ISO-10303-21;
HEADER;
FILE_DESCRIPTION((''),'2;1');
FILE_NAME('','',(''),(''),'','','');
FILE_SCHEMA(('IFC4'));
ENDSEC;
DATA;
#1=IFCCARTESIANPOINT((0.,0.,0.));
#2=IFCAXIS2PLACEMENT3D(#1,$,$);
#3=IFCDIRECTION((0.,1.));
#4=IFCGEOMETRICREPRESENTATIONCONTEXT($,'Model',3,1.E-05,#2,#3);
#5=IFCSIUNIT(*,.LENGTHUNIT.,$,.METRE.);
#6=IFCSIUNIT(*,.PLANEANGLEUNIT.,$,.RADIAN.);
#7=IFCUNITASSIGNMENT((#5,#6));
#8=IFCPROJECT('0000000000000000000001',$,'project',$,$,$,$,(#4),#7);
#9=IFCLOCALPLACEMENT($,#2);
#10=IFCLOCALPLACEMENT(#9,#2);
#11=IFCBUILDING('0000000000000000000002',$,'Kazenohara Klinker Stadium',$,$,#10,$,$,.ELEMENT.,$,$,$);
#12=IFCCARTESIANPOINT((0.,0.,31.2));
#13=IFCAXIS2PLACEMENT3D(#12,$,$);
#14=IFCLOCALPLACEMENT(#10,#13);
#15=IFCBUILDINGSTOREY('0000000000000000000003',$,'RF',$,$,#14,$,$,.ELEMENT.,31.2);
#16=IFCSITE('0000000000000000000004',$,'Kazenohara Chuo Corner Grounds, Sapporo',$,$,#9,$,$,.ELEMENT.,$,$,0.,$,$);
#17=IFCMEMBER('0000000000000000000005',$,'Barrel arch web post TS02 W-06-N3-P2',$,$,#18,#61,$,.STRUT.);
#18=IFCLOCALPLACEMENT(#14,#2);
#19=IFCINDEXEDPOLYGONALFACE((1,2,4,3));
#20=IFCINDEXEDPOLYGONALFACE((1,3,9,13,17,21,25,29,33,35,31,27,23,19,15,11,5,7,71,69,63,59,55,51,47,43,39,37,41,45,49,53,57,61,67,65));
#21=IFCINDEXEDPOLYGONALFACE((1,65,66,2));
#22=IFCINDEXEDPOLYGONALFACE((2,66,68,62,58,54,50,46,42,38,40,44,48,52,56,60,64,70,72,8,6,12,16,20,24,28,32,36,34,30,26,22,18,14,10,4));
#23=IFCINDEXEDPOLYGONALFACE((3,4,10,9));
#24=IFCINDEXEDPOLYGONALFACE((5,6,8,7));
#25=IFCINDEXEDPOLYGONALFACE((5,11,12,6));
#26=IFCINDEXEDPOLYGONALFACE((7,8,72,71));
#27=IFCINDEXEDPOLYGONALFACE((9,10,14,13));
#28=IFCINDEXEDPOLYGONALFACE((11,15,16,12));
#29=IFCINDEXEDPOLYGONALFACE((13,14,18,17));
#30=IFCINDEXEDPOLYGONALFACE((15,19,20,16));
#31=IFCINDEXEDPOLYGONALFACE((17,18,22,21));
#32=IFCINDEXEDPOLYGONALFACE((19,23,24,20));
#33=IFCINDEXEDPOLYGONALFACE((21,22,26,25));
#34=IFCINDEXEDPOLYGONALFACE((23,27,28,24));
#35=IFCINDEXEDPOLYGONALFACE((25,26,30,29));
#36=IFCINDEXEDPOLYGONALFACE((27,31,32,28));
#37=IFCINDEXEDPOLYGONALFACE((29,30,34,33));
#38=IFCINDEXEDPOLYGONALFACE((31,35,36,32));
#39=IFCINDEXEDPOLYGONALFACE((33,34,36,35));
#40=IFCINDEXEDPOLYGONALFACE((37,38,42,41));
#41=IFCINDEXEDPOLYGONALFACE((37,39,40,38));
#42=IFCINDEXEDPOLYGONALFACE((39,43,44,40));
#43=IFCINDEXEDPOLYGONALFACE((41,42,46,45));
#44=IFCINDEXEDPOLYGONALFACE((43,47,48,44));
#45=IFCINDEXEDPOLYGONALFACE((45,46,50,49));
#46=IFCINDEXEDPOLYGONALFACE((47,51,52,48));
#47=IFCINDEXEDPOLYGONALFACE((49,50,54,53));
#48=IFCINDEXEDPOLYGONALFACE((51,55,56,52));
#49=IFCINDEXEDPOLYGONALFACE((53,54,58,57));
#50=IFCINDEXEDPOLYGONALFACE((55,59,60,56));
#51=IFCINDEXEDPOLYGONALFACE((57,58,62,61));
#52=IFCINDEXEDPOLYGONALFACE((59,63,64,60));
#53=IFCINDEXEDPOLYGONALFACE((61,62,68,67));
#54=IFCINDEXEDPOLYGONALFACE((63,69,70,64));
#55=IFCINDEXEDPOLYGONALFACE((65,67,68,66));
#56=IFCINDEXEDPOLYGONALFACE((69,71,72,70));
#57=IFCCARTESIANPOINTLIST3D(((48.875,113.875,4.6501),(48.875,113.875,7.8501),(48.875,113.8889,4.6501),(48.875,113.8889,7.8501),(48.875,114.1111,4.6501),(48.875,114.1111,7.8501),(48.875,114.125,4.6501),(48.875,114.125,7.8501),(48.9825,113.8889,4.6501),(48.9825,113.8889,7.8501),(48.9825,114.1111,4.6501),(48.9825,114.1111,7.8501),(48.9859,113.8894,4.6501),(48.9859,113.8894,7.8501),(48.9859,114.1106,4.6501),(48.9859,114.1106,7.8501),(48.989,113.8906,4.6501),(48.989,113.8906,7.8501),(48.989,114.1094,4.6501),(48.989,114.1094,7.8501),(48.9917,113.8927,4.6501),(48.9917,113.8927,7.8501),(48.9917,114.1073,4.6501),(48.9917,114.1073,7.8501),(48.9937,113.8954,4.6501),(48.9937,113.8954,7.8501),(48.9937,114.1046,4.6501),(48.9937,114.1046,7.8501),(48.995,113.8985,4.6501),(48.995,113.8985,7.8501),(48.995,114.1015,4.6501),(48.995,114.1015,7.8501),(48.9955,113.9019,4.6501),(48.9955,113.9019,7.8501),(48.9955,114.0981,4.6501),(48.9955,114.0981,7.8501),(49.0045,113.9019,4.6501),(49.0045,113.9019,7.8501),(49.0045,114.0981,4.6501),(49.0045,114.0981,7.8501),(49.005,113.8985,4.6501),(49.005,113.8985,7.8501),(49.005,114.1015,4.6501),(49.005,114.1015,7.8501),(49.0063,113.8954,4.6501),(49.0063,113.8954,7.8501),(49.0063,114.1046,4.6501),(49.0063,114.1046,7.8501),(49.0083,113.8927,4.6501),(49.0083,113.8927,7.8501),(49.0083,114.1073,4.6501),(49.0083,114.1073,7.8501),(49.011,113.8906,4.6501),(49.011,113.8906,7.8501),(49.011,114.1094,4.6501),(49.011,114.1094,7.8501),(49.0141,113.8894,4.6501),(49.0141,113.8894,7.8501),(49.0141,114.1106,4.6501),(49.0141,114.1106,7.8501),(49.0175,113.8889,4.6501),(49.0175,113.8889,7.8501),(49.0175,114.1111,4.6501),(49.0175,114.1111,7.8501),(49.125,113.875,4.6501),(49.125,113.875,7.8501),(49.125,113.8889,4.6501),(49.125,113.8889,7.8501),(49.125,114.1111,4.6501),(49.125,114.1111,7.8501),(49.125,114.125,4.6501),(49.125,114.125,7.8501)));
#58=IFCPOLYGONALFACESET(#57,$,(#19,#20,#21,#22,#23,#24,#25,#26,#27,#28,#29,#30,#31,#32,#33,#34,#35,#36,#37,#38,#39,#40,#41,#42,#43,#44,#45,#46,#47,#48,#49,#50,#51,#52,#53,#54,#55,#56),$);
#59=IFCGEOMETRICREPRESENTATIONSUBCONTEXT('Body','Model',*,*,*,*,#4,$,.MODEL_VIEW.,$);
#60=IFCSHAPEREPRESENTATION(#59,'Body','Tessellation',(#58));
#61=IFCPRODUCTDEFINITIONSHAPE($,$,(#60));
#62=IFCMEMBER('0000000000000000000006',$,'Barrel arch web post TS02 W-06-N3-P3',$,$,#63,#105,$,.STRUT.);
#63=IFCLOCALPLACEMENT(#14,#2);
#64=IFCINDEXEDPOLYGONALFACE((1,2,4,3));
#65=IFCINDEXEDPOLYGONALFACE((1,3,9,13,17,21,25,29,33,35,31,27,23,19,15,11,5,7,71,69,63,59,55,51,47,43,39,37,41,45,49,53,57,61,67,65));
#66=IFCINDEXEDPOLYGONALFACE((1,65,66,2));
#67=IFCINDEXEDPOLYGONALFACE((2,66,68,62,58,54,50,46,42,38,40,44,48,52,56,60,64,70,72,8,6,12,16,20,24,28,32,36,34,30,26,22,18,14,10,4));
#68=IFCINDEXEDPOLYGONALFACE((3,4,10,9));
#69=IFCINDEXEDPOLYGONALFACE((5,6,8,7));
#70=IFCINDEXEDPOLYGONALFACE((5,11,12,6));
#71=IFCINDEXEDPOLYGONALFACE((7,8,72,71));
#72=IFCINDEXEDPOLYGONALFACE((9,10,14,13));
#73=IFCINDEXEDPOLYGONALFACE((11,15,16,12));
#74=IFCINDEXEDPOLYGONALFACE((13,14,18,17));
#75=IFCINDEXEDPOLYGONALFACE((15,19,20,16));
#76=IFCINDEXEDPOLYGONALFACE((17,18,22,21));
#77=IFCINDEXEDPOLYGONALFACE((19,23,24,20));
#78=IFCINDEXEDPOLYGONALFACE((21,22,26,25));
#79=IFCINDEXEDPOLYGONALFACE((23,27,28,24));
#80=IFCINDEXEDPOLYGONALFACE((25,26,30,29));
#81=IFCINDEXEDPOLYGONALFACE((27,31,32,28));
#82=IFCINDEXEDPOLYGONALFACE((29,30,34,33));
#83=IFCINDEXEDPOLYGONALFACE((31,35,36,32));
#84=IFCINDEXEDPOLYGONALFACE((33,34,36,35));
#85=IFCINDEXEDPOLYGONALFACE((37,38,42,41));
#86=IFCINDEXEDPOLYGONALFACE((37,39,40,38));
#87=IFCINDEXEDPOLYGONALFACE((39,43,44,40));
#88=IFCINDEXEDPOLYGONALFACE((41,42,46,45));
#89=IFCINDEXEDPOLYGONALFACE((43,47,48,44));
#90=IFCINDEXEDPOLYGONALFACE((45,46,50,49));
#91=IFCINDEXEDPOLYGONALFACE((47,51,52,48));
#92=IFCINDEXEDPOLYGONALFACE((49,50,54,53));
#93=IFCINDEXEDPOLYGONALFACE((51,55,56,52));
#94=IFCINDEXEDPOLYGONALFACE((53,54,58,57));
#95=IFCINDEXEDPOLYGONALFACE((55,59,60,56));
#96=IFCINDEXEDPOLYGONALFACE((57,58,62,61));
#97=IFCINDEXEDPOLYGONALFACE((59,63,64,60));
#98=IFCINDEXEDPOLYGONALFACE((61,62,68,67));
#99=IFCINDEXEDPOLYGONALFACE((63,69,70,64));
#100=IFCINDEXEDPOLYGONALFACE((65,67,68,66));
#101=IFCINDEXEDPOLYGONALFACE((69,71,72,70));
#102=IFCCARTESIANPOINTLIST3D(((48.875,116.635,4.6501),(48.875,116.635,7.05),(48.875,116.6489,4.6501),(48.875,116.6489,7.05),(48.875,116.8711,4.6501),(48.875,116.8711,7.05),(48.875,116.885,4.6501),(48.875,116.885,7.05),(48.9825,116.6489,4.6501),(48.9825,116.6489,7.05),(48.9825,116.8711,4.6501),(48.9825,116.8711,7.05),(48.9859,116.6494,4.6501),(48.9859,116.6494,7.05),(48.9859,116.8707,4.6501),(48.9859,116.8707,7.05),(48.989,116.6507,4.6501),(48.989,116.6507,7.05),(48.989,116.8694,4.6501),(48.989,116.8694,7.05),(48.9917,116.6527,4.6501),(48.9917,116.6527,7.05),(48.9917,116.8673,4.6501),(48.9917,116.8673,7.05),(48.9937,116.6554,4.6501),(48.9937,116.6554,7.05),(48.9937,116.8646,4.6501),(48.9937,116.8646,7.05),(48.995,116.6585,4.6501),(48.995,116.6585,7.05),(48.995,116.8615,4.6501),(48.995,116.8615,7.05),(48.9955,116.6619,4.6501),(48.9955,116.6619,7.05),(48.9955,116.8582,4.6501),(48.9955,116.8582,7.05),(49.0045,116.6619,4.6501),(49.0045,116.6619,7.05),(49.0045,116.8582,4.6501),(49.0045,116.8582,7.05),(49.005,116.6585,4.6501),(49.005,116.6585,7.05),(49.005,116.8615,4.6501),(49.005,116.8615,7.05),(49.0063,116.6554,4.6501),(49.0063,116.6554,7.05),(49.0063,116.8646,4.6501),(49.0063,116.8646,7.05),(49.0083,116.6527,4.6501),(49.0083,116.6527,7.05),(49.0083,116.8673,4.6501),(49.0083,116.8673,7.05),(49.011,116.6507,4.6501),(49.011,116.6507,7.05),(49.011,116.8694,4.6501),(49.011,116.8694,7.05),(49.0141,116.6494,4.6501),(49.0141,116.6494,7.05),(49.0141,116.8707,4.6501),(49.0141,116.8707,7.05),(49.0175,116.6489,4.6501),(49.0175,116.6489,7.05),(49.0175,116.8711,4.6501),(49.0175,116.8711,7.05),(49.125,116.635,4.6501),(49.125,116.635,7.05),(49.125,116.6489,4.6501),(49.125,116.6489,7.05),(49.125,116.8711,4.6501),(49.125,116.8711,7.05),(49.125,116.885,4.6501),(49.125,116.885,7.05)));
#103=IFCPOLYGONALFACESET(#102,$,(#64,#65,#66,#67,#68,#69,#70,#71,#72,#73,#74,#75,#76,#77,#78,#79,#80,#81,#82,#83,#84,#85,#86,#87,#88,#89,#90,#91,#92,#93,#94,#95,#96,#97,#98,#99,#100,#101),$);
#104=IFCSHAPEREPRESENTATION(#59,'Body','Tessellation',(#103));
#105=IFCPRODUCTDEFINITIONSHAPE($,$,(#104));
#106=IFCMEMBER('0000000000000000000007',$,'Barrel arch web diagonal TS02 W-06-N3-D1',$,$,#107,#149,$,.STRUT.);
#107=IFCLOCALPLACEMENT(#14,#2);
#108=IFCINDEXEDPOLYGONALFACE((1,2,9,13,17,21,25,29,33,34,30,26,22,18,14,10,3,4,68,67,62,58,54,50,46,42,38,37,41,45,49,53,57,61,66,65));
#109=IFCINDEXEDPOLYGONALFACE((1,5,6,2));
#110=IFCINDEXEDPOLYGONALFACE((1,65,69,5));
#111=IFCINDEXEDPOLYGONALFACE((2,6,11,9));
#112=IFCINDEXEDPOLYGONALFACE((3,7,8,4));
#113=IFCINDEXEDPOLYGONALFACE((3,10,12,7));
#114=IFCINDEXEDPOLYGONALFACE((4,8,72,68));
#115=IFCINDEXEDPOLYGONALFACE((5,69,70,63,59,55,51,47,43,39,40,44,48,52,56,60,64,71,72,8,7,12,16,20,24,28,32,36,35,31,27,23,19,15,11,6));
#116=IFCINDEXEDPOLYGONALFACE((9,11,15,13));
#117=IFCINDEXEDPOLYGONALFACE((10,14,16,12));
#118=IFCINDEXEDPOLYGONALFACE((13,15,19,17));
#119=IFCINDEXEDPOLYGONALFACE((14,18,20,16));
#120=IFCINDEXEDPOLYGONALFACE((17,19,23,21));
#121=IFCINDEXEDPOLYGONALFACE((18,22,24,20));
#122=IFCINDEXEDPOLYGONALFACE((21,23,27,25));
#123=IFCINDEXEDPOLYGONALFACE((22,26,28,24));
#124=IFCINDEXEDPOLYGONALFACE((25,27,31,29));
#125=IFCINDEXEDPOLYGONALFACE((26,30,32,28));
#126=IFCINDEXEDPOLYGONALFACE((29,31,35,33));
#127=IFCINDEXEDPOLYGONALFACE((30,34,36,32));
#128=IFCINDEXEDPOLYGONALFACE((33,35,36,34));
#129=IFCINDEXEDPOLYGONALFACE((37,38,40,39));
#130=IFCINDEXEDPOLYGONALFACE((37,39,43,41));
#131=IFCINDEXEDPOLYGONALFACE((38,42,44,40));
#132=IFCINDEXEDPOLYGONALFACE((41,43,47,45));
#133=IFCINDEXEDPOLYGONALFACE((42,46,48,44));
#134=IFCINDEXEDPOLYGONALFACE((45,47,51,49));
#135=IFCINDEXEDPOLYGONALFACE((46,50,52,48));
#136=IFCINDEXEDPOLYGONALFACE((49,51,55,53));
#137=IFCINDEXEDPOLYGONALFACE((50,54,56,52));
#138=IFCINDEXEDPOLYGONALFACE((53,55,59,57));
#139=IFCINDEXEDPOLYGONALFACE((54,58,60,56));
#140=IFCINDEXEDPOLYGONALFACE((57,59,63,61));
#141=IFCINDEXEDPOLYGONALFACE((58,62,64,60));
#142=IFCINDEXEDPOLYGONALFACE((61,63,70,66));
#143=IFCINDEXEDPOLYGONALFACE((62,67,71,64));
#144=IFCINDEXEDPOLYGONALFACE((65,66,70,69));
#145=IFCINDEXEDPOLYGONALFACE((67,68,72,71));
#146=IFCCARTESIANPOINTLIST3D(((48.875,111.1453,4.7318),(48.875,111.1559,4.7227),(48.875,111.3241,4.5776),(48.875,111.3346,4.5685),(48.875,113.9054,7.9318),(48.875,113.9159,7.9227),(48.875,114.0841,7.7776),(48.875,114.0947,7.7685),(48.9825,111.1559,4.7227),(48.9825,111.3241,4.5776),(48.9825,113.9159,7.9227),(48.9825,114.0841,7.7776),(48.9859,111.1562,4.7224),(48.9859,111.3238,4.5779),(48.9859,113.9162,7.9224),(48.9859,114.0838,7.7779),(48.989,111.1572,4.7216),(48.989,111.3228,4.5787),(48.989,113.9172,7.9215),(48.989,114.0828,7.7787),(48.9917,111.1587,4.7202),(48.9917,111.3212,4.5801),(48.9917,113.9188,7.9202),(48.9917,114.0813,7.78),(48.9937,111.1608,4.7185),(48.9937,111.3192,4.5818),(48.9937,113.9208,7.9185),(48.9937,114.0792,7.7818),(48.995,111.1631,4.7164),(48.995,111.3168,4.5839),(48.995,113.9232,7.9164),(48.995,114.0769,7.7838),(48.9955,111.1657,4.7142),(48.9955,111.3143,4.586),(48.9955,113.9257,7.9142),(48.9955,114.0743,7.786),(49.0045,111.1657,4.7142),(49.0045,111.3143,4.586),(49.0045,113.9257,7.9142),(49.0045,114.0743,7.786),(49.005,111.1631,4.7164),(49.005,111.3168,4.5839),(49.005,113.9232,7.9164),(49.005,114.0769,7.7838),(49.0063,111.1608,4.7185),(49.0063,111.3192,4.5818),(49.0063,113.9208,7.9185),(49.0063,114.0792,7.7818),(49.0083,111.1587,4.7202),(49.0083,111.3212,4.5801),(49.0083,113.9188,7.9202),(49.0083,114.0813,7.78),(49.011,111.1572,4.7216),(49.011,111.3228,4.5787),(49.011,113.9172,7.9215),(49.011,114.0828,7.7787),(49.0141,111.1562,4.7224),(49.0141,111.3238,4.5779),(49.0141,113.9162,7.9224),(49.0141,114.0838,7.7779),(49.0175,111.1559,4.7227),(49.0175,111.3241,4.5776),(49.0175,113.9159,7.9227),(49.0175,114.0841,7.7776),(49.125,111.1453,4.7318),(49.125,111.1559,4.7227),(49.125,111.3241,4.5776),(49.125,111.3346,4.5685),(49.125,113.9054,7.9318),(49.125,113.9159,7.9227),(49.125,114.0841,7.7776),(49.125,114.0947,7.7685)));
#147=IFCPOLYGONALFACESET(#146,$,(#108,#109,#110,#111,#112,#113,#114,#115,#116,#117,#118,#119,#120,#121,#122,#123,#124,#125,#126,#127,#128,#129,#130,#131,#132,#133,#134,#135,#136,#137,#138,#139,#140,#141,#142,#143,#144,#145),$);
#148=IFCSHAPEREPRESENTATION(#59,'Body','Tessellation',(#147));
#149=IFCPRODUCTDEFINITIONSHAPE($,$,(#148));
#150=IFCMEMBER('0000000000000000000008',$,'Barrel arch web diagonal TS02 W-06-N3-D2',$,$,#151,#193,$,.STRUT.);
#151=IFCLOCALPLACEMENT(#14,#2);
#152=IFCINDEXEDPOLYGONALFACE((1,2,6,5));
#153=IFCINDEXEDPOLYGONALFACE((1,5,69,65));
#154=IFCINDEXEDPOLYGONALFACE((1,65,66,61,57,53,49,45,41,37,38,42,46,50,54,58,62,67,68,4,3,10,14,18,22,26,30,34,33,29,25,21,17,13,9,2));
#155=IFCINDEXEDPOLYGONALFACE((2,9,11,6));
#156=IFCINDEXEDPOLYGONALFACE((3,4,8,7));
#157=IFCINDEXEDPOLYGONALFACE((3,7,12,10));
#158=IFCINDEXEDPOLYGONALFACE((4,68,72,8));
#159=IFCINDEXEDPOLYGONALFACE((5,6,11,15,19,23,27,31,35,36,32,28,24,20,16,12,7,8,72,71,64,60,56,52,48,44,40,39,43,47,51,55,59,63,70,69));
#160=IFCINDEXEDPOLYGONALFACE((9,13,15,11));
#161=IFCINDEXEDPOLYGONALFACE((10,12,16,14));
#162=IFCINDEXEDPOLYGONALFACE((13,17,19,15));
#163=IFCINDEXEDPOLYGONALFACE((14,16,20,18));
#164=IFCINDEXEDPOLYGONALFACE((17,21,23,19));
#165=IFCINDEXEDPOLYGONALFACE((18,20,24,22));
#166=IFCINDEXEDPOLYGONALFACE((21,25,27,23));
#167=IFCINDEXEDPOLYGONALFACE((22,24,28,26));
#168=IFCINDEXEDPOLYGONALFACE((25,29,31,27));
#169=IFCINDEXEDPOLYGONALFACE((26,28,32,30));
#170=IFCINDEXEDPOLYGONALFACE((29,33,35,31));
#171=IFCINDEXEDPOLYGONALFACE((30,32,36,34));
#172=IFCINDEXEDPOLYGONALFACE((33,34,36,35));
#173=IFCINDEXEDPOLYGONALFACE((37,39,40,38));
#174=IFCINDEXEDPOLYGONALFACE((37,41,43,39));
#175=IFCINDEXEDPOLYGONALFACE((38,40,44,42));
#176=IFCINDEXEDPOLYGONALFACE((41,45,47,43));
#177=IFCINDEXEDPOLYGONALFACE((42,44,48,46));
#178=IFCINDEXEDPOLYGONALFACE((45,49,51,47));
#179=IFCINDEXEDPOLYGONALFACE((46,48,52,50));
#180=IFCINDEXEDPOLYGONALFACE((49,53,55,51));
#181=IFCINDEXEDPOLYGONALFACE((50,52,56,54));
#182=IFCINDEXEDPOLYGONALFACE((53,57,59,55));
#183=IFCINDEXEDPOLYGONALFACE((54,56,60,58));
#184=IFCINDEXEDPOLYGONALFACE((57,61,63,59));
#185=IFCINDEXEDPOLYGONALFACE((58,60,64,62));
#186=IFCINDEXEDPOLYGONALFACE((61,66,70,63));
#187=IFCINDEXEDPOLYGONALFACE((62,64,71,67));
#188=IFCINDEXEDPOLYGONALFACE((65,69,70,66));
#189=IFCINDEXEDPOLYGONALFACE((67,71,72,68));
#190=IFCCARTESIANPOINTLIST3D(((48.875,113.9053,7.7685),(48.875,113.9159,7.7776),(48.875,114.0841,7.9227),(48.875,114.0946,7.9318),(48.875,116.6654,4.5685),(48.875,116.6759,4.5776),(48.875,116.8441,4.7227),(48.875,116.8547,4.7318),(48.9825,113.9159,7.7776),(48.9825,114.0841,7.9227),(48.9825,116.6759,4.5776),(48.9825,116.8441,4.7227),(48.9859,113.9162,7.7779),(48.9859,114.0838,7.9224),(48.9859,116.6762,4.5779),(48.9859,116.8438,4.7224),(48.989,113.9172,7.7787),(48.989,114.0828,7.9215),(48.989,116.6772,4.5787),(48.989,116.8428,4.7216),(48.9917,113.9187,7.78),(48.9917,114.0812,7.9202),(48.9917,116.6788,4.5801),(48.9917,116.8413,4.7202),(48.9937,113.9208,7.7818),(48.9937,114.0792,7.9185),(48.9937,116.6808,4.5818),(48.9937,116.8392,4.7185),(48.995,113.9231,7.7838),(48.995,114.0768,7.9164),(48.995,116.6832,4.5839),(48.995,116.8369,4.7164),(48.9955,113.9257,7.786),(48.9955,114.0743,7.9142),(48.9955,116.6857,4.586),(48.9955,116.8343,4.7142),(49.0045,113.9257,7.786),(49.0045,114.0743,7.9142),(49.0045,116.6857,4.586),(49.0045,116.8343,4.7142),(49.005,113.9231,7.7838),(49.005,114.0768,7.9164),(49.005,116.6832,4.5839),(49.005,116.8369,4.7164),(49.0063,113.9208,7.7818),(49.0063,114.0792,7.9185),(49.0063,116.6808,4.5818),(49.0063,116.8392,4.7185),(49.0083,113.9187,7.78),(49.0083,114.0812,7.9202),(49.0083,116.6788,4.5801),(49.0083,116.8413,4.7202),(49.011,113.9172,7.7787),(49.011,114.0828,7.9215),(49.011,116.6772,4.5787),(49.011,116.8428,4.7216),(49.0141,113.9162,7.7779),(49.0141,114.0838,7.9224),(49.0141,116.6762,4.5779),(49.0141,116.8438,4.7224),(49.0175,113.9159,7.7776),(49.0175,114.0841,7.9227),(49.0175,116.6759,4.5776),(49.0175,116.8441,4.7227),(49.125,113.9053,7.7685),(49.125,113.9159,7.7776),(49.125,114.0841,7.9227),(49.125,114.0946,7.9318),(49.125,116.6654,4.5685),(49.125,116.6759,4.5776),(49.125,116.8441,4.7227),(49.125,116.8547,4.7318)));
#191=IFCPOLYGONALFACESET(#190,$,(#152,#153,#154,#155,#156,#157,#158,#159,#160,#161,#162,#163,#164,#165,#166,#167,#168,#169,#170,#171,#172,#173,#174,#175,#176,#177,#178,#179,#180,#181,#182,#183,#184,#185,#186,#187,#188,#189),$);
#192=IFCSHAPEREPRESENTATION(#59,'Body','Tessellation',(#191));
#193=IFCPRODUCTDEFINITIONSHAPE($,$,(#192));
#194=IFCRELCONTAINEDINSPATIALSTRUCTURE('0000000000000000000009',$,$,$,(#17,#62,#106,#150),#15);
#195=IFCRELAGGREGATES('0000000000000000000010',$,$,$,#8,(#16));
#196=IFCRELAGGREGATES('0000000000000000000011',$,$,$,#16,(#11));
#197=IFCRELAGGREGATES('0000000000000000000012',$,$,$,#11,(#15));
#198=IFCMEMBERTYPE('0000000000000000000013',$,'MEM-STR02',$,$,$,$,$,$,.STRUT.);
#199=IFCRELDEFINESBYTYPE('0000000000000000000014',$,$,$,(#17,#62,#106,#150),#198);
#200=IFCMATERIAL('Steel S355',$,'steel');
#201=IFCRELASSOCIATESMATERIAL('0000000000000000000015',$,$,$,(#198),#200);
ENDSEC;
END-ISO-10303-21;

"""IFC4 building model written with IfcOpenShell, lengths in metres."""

from ifc_helpers import new_model, si_unit, direction, frame, origin, origin_2d, place, context, subcontext, project, spatial, i_section, extrude, material, material_profile, profile_set, type_object, element, save


model = new_model("IFC4")

# Units and contexts
model_context = context("Model", 3, precision=1e-05, world=origin(), true_north=direction((0.0, 1.0)))
body_context = subcontext(model_context, "Body", "Model", "MODEL_VIEW")
ifc_project = project(units=[si_unit("LENGTHUNIT", "METRE"), si_unit("PLANEANGLEUNIT", "RADIAN")], contexts=[model_context])

# Site, building, storey
site_placement = place(None, origin())
site = spatial("IfcSite", under=ifc_project, at=site_placement, Name="Kazenohara Chuo Corner Grounds, Sapporo", CompositionType="ELEMENT", RefElevation=0.0)
building_placement = place(site_placement, origin())
building = spatial("IfcBuilding", under=site, at=building_placement, Name="Kazenohara Klinker Stadium", CompositionType="ELEMENT")
storey_placement = place(building_placement, frame((0.0, 0.0, 31.2)))
storey = spatial("IfcBuildingStorey", under=building, at=storey_placement, Name="RF", CompositionType="ELEMENT", Elevation=31.2)

# Members
ifc_material_1 = material(Name="Steel S355", Category="steel")
ifc_material_profile_1 = material_profile(ifc_material_1, i_section(OverallWidth=0.25, OverallDepth=0.25, WebThickness=0.009, FlangeThickness=0.0139, FilletRadius=0.0129, at=origin_2d()), Name="H-250x250x9x14")
ifc_profile_set_1 = profile_set([ifc_material_profile_1], Name="Steel S355")
member_type_1 = type_object("IfcMemberType", Name="MEM-STR02", PredefinedType="STRUT", material=ifc_profile_set_1)
member_1_placement = place(storey_placement, frame((49.0, 114.0, 4.6501), z_axis=(0.0, 0.0, 1.0), x_axis=(1.0, 0.0, 0.0)))
element("IfcMember", 1, at=member_1_placement, inside=storey, type_object=member_type_1, Name="Barrel arch web post TS02 W-06-N3-P2", PredefinedType="STRUT", context=body_context, shape_type="SweptSolid", body=[
    extrude(i_section(OverallWidth=0.25, OverallDepth=0.25, WebThickness=0.009, FlangeThickness=0.0139, FilletRadius=0.0129, at=origin_2d()), origin(), (0.0, 0.0, 1.0), 3.2),
])
member_2_placement = place(storey_placement, frame((49.0, 116.76, 4.6501), z_axis=(0.0, 0.0, 1.0), x_axis=(1.0, 0.0, 0.0)))
element("IfcMember", 2, at=member_2_placement, inside=storey, type_object=member_type_1, Name="Barrel arch web post TS02 W-06-N3-P3", PredefinedType="STRUT", context=body_context, shape_type="SweptSolid", body=[
    extrude(i_section(OverallWidth=0.25, OverallDepth=0.25, WebThickness=0.009, FlangeThickness=0.0139, FilletRadius=0.0129, at=origin_2d()), origin(), (0.0, 0.0, 1.0), 2.3999),
])
for number, where, z_axis, x_axis, name in (
    (3, (49.0, 111.24, 4.6501), (0.0, 0.653134, 0.757242), (-1.0, 0.0, 0.0), "Barrel arch web diagonal TS02 W-06-N3-D1"),
    (4, (49.0, 116.76, 4.6501), (0.0, -0.653134, 0.757242), (1.0, 0.0, 0.0), "Barrel arch web diagonal TS02 W-06-N3-D2"),
):
    element("IfcMember", number, at=place(storey_placement, frame(where, z_axis=z_axis, x_axis=x_axis)), inside=storey, type_object=member_type_1, Name=name, PredefinedType="STRUT", context=body_context, shape_type="SweptSolid", body=[
        extrude(i_section(OverallWidth=0.25, OverallDepth=0.25, WebThickness=0.009, FlangeThickness=0.0139, FilletRadius=0.0129, at=origin_2d()), origin(), (0.0, 0.0, 1.0), 4.2258),
    ])

save(model, "model.ifc")
